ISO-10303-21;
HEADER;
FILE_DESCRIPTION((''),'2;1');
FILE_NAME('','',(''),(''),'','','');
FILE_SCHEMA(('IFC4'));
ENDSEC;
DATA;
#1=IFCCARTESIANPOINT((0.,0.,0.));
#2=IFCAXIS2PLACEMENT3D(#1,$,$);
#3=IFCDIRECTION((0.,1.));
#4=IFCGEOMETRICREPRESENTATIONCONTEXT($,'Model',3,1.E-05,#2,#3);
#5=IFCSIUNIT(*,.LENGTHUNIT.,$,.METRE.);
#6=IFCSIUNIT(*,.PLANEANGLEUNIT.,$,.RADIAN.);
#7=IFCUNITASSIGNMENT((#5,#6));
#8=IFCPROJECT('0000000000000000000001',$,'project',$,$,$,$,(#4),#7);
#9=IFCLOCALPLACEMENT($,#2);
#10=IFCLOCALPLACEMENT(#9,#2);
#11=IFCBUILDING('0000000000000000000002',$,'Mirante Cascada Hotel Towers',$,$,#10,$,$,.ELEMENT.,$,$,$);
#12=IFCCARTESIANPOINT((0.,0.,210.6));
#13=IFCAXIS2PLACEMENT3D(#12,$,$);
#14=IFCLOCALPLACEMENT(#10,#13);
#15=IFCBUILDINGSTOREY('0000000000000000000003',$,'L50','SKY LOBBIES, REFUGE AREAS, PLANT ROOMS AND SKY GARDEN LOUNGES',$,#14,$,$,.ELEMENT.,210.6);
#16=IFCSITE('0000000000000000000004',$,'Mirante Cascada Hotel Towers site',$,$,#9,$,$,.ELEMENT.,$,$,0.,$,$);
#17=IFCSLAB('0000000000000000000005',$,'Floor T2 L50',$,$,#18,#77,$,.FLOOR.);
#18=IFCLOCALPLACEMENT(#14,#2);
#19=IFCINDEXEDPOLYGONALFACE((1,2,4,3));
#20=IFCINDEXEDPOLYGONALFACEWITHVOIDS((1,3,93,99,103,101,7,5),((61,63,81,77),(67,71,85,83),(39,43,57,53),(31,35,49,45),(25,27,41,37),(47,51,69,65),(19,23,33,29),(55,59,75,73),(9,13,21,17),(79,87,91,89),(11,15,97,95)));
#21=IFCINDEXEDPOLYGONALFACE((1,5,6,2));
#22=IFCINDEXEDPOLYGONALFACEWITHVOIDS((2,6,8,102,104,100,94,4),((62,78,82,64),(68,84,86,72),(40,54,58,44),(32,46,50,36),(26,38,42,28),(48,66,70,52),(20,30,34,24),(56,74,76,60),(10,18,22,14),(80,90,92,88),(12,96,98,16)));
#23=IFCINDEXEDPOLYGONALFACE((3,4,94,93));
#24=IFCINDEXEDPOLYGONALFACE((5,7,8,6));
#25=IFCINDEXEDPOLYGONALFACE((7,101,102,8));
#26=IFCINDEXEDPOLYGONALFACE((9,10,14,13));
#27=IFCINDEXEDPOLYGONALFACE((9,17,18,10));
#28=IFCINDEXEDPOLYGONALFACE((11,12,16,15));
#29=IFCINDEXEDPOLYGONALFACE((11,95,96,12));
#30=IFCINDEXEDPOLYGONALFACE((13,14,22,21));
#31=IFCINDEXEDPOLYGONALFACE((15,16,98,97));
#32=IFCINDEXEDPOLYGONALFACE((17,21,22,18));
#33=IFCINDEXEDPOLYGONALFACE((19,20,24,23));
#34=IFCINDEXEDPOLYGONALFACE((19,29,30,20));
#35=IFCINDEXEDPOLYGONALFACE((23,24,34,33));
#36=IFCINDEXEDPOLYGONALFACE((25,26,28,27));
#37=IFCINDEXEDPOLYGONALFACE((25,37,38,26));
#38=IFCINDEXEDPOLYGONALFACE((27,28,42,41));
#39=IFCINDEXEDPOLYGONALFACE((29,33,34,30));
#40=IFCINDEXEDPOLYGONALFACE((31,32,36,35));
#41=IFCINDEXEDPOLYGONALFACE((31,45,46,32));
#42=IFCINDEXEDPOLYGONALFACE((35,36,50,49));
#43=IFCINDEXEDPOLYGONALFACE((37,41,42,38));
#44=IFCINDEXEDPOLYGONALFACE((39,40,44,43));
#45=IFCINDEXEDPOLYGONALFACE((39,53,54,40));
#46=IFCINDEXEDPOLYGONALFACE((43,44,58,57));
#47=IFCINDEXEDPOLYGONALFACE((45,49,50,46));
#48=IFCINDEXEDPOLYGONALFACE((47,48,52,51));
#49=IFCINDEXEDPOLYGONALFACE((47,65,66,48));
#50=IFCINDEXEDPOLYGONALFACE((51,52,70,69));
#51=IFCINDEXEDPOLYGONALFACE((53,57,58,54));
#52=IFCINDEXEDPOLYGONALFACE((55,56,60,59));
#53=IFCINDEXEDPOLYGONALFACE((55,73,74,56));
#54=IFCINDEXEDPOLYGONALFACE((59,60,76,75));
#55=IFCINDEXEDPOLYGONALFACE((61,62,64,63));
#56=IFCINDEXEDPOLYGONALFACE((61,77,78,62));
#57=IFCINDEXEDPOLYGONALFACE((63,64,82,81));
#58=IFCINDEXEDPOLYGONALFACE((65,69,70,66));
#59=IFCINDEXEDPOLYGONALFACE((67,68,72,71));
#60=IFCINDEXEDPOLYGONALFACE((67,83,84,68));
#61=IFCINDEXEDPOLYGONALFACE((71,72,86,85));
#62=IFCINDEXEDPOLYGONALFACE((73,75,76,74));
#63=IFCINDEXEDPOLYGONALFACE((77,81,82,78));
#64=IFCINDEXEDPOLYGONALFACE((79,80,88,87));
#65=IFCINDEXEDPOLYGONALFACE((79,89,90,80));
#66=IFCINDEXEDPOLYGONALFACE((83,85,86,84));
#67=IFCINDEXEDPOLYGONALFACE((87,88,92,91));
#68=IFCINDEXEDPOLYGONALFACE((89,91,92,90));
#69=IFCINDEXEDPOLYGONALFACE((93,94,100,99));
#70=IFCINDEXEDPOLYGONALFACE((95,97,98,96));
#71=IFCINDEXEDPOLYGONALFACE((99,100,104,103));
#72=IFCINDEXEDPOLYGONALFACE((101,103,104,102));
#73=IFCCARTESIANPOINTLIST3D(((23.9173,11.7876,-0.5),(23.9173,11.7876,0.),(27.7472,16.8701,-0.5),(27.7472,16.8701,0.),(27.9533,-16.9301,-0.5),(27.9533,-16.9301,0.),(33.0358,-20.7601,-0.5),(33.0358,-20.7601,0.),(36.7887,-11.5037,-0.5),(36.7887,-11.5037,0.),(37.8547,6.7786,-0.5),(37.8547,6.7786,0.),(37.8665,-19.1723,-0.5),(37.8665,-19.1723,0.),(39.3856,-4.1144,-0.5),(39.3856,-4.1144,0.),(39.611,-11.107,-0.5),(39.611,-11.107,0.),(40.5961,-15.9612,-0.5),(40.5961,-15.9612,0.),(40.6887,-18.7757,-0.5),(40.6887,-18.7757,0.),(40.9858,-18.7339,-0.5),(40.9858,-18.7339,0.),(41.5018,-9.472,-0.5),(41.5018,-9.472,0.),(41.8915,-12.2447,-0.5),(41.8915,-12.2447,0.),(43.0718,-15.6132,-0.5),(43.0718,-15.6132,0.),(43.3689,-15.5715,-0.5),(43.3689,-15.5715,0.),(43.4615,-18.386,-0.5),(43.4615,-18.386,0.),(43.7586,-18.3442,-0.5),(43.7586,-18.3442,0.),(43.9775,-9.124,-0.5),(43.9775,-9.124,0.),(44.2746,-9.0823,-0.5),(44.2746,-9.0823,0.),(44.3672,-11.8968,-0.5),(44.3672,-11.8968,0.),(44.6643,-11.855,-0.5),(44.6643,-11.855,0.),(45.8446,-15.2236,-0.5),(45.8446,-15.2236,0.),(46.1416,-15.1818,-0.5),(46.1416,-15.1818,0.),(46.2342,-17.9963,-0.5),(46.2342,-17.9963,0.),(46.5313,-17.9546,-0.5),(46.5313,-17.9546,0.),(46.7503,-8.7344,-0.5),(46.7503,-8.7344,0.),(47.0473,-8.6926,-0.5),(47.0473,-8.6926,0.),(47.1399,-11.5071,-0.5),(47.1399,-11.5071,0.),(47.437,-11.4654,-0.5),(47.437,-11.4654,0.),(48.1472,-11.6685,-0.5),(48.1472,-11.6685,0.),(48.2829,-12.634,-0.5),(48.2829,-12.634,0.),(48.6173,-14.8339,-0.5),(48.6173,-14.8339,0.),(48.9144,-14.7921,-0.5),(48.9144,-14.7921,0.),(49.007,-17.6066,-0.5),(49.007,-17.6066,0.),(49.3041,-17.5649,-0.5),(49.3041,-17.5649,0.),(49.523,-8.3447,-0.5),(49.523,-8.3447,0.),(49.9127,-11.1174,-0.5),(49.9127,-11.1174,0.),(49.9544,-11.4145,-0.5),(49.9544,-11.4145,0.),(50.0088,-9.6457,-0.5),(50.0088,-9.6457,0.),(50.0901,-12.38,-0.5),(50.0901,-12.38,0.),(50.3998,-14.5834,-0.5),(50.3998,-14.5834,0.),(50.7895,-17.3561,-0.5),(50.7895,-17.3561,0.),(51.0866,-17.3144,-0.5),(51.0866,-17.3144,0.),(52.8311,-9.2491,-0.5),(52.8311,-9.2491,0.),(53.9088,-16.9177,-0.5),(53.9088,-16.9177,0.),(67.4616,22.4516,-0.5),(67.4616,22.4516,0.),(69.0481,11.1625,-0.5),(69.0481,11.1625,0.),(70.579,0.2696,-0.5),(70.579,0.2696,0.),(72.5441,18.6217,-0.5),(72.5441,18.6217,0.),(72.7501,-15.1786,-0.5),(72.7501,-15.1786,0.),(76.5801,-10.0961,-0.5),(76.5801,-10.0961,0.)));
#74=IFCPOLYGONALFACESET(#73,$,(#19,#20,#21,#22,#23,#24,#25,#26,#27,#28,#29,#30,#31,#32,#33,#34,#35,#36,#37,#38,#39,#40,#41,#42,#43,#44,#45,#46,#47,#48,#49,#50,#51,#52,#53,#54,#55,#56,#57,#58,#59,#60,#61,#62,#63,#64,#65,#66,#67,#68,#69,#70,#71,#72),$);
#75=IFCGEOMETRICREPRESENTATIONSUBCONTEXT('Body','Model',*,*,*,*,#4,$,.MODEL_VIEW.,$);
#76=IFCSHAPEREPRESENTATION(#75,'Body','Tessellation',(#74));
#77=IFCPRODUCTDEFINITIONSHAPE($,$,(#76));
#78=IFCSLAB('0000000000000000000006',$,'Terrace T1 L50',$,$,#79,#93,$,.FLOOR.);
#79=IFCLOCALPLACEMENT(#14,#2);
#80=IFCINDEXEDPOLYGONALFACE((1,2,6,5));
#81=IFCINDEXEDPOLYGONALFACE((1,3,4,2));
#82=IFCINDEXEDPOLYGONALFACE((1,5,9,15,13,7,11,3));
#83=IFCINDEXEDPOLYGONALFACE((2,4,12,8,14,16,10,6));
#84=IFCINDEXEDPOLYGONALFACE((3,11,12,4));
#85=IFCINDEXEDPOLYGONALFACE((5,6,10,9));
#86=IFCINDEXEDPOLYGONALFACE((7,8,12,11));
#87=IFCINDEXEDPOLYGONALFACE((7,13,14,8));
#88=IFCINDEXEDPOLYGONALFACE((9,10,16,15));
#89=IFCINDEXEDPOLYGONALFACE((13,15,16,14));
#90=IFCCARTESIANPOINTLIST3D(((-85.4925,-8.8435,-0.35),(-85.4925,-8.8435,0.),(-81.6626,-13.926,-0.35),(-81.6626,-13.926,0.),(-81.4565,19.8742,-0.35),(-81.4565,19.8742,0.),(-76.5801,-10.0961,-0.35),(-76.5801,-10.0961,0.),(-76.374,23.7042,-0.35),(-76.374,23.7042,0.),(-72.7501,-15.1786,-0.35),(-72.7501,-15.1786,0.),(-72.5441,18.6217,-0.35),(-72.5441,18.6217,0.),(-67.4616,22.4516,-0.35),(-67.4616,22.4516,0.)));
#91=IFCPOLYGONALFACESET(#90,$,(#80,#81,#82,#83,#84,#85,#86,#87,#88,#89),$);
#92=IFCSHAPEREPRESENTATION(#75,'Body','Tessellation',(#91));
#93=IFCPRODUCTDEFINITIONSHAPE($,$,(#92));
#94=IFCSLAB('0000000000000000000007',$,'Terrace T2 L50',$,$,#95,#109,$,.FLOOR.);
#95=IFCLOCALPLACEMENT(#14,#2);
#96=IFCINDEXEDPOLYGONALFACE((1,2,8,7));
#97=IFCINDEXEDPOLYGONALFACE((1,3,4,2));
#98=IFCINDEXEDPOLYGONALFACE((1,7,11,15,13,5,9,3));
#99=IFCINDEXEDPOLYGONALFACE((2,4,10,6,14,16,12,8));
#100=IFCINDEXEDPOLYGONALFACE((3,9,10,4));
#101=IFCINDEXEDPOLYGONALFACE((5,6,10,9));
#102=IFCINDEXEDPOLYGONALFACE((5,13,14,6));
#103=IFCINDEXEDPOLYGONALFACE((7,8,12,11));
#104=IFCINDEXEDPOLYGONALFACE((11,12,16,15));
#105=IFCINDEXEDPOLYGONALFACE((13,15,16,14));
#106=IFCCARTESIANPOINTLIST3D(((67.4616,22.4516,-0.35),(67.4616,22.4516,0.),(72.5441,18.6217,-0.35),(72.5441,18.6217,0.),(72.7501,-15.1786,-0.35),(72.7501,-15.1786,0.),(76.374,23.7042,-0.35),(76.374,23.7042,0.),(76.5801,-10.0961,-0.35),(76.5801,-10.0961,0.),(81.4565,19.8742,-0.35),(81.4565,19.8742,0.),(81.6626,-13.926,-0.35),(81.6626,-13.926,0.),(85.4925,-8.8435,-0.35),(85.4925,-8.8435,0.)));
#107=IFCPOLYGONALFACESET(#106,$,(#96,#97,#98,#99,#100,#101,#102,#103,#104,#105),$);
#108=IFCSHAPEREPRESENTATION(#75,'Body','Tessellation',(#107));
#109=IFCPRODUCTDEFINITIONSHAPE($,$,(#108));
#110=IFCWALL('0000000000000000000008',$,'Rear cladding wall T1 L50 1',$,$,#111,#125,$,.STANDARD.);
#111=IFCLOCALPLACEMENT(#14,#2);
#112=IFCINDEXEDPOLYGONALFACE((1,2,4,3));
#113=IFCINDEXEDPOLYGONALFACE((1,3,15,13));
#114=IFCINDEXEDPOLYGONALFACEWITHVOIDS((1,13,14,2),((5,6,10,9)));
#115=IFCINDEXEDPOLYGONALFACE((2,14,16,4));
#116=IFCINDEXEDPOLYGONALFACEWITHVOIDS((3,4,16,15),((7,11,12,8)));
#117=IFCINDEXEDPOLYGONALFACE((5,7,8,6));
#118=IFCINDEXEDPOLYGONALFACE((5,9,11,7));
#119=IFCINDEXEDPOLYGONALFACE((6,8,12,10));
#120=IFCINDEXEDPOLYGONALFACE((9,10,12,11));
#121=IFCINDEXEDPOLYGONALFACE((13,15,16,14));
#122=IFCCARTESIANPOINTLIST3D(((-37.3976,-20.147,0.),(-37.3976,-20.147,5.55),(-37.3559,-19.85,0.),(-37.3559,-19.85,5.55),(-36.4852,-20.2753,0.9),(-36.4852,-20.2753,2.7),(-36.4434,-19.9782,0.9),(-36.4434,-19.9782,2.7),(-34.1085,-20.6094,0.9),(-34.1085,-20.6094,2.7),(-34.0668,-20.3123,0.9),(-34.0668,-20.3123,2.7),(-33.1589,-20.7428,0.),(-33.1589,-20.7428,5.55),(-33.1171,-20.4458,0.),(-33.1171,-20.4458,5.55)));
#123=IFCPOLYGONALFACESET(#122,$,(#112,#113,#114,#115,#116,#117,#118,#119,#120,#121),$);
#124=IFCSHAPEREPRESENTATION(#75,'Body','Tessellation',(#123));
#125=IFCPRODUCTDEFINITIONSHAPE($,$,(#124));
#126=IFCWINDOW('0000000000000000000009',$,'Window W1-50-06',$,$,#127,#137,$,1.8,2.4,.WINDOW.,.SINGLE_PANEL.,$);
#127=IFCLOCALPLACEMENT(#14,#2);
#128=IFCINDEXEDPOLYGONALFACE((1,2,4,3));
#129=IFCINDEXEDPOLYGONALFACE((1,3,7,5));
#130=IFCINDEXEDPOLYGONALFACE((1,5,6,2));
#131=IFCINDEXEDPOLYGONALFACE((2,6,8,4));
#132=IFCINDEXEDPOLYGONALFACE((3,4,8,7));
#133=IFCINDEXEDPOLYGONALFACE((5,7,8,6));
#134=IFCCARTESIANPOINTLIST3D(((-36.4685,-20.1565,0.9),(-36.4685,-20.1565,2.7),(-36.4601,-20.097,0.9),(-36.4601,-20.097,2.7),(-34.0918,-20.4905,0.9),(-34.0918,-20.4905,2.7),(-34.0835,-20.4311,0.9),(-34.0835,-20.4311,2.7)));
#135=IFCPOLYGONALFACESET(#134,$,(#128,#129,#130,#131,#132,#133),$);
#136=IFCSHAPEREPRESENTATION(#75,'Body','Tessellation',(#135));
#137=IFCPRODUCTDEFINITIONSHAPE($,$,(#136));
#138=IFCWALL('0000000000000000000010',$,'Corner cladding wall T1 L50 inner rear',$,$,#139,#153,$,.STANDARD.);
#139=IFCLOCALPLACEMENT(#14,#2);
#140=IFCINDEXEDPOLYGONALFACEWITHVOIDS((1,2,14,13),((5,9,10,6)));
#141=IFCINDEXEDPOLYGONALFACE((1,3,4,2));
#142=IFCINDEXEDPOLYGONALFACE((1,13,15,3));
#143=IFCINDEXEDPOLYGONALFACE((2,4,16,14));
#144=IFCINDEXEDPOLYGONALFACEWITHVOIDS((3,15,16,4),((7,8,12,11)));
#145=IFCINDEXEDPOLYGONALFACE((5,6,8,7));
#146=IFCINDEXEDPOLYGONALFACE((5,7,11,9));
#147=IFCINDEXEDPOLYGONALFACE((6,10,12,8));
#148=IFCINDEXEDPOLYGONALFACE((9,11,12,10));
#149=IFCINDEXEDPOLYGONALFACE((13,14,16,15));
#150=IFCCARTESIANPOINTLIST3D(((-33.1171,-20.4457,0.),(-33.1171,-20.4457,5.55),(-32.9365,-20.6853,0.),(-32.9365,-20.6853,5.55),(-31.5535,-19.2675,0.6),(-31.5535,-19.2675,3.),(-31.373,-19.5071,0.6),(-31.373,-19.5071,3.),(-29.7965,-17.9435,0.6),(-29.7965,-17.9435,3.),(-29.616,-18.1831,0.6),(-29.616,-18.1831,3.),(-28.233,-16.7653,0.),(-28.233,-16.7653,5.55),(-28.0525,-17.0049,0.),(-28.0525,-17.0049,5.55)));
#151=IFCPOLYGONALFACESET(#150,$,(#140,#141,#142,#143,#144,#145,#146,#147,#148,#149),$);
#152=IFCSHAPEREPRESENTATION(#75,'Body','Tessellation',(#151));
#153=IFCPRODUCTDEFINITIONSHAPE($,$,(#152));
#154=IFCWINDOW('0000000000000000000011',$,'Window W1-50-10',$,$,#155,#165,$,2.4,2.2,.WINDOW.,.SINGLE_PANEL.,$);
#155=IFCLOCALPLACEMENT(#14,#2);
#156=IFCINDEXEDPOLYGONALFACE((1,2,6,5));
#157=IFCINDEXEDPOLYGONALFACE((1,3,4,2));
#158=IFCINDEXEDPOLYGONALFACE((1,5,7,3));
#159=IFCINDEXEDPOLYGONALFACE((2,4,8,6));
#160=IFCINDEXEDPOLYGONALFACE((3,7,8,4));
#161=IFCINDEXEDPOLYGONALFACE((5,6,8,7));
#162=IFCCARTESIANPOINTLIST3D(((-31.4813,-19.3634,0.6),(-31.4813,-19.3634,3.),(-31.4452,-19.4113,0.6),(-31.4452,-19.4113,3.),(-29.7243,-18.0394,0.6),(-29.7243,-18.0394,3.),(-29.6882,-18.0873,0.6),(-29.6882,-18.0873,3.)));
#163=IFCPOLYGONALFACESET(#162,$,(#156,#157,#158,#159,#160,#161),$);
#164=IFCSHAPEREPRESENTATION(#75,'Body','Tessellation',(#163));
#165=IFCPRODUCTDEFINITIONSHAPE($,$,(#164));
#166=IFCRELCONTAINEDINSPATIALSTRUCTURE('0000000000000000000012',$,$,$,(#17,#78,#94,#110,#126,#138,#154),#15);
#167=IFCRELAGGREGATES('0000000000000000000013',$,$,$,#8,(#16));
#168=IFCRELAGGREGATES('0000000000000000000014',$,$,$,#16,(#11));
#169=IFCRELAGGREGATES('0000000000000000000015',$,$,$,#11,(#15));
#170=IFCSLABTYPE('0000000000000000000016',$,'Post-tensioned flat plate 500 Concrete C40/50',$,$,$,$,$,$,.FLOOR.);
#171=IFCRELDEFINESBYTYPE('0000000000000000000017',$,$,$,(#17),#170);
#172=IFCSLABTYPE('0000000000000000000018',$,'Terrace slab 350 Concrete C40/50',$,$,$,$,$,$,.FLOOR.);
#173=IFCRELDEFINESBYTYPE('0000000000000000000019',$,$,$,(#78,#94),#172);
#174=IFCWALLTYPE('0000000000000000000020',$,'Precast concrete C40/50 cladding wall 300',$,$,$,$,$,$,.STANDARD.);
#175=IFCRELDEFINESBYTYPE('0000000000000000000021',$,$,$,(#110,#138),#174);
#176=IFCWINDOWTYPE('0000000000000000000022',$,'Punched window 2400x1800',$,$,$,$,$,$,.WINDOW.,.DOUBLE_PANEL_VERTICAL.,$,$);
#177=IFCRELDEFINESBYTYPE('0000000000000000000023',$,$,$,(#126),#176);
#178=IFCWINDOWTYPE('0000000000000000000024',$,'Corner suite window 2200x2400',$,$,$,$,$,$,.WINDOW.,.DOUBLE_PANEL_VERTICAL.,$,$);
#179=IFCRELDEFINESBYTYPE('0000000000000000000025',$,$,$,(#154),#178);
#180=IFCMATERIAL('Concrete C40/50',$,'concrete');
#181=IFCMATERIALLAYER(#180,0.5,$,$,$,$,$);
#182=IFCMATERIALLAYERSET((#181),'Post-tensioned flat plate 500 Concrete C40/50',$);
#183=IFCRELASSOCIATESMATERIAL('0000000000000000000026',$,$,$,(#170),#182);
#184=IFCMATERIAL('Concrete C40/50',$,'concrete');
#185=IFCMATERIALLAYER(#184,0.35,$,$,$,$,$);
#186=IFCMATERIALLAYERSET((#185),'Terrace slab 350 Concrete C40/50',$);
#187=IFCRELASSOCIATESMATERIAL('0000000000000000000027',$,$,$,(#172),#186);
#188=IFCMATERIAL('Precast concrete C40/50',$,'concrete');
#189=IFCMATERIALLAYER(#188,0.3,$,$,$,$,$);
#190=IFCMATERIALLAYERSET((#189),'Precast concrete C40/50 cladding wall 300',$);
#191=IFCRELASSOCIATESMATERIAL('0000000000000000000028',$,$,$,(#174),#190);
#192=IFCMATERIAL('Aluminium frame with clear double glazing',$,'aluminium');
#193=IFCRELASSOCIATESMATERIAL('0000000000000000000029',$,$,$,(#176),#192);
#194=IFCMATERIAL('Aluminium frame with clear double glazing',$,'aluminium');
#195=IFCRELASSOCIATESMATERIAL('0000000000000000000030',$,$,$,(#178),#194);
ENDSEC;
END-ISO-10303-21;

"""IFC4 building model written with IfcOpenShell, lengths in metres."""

from ifc_helpers import new_model, si_unit, direction, frame, frame_2d, origin, place, context, subcontext, project, spatial, polyline, rectangle, outline, extrude, material, layer, layer_set, type_object, element, fill, save


model = new_model("IFC4")

# Units and contexts
model_context = context("Model", 3, precision=1e-05, world=origin(), true_north=direction((0.0, 1.0)))
body_context = subcontext(model_context, "Body", "Model", "MODEL_VIEW")
ifc_project = project(units=[si_unit("LENGTHUNIT", "METRE"), si_unit("PLANEANGLEUNIT", "RADIAN")], contexts=[model_context])

# Site, building, storey
site_placement = place(None, origin())
site = spatial("IfcSite", under=ifc_project, at=site_placement, Name="Mirante Cascada Hotel Towers site", CompositionType="ELEMENT", RefElevation=0.0)
building_placement = place(site_placement, origin())
building = spatial("IfcBuilding", under=site, at=building_placement, Name="Mirante Cascada Hotel Towers", CompositionType="ELEMENT")
storey_placement = place(building_placement, frame((0.0, 0.0, 210.6)))
storey = spatial("IfcBuildingStorey", under=building, at=storey_placement, Name="L50", Description="SKY LOBBIES, REFUGE AREAS, PLANT ROOMS AND SKY GARDEN LOUNGES", CompositionType="ELEMENT", Elevation=210.6)

# Slabs
ifc_material_1 = material(Name="Concrete C40/50", Category="concrete")
ifc_layer_1 = layer(ifc_material_1, 0.5)
ifc_layer_set_1 = layer_set([ifc_layer_1], Name="Post-tensioned flat plate 500 Concrete C40/50")
slab_type_1 = type_object("IfcSlabType", Name="Post-tensioned flat plate 500 Concrete C40/50", PredefinedType="FLOOR", material=ifc_layer_set_1)
slab_1_placement = place(storey_placement, frame((0.0, 0.0, -0.5)))
element("IfcSlab", 1, at=slab_1_placement, inside=storey, type_object=slab_type_1, Name="Floor T2 L50", PredefinedType="FLOOR", context=body_context, shape_type="SweptSolid", body=[
    extrude(outline(polyline([(27.9533, -16.9301), (23.9173, 11.7876), (27.7472, 16.8701), (67.4616, 22.4516), (67.4616, 22.4516), (67.4616, 22.4516), (67.4616, 22.4516), (67.4616, 22.4516), (67.4616, 22.4516), (67.4616, 22.4516), (67.4616, 22.4516), (67.4616, 22.4516), (72.5441, 18.6217), (76.5801, -10.0961), (72.7501, -15.1786), (72.7501, -15.1786), (72.7501, -15.1786), (72.7501, -15.1786), (72.7501, -15.1786), (72.7501, -15.1786), (72.7501, -15.1786), (72.7501, -15.1786), (72.7501, -15.1786), (33.0358, -20.7601), (27.9533, -16.9301)]), holes=[polyline([(40.5961, -15.9612), (40.9858, -18.7339), (43.4615, -18.386), (43.0718, -15.6132), (40.5961, -15.9612)]), polyline([(43.3689, -15.5715), (43.7586, -18.3442), (46.2342, -17.9963), (45.8446, -15.2236), (43.3689, -15.5715)]), polyline([(46.1416, -15.1818), (46.5313, -17.9546), (49.007, -17.6066), (48.6173, -14.8339), (46.1416, -15.1818)]), polyline([(37.8665, -19.1723), (40.6887, -18.7757), (39.611, -11.107), (36.7887, -11.5037), (37.8665, -19.1723)]), polyline([(43.9775, -9.124), (41.5018, -9.472), (41.8915, -12.2447), (44.3672, -11.8968), (43.9775, -9.124)]), polyline([(44.2746, -9.0823), (44.6643, -11.855), (47.1399, -11.5071), (46.7503, -8.7344), (44.2746, -9.0823)]), polyline([(50.3998, -14.5834), (48.9144, -14.7921), (49.3041, -17.5649), (50.7895, -17.3561), (50.3998, -14.5834)]), polyline([(51.0866, -17.3144), (53.9088, -16.9177), (52.8311, -9.2491), (50.0088, -9.6457), (51.0866, -17.3144)]), polyline([(48.1472, -11.6685), (48.2829, -12.634), (50.0901, -12.38), (49.9544, -11.4145), (48.1472, -11.6685)]), polyline([(49.523, -8.3447), (47.0473, -8.6926), (47.437, -11.4654), (49.9127, -11.1174), (49.523, -8.3447)]), polyline([(69.0481, 11.1625), (37.8547, 6.7786), (39.3856, -4.1144), (70.579, 0.2696), (69.0481, 11.1625)])]), origin(), (0.0, 0.0, 1.0), 0.5),
])
ifc_material_2 = material(Name="Concrete C40/50", Category="concrete")
ifc_layer_2 = layer(ifc_material_2, 0.35)
ifc_layer_set_2 = layer_set([ifc_layer_2], Name="Terrace slab 350 Concrete C40/50")
slab_type_2 = type_object("IfcSlabType", Name="Terrace slab 350 Concrete C40/50", PredefinedType="FLOOR", material=ifc_layer_set_2)
slab_2_placement = place(storey_placement, frame((0.0, 0.0, -0.35)))
element("IfcSlab", 2, at=slab_2_placement, inside=storey, type_object=slab_type_2, Name="Terrace T1 L50", PredefinedType="FLOOR", context=body_context, shape_type="SweptSolid", body=[
    extrude(outline(polyline([(-76.374, 23.7042), (-81.4565, 19.8742), (-85.4925, -8.8435), (-81.6626, -13.926), (-72.7501, -15.1786), (-76.5801, -10.0961), (-72.5441, 18.6217), (-67.4616, 22.4516), (-76.374, 23.7042)])), origin(), (0.0, 0.0, 1.0), 0.35),
])
slab_3_placement = place(storey_placement, frame((0.0, 0.0, -0.35)))
element("IfcSlab", 3, at=slab_3_placement, inside=storey, type_object=slab_type_2, Name="Terrace T2 L50", PredefinedType="FLOOR", context=body_context, shape_type="SweptSolid", body=[
    extrude(outline(polyline([(76.374, 23.7042), (81.4565, 19.8742), (85.4925, -8.8435), (81.6626, -13.926), (72.7501, -15.1786), (76.5801, -10.0961), (72.5441, 18.6217), (67.4616, 22.4516), (76.374, 23.7042)])), origin(), (0.0, 0.0, 1.0), 0.35),
])

# Walls, openings, windows
ifc_material_3 = material(Name="Precast concrete C40/50", Category="concrete")
ifc_layer_3 = layer(ifc_material_3, 0.3)
ifc_layer_set_3 = layer_set([ifc_layer_3], Name="Precast concrete C40/50 cladding wall 300")
wall_type_1 = type_object("IfcWallType", Name="Precast concrete C40/50 cladding wall 300", PredefinedType="STANDARD", material=ifc_layer_set_3)
wall_1_placement = place(storey_placement, frame((-33.138, -20.5943, 0.0), z_axis=(0.0, 0.0, 1.0), x_axis=(-0.990265, 0.139194, 0.0)))
wall_1 = element("IfcWall", 4, at=wall_1_placement, inside=storey, type_object=wall_type_1, Name="Rear cladding wall T1 L50 1", PredefinedType="STANDARD", context=body_context, shape_type="SweptSolid", body=[
    extrude(rectangle(XDim=4.2804, YDim=0.3, at=frame_2d((2.1402, 0.0))), origin(), (0.0, 0.0, 1.0), 5.55),
])
opening_1_placement = place(wall_1_placement, frame((0.959, 0.0, 0.9)))
opening_1 = element("IfcOpeningElement", 5, at=opening_1_placement, cuts=wall_1, PredefinedType="OPENING", context=body_context, shape_type="SweptSolid", body=[
    extrude(rectangle(XDim=2.4, YDim=1.8, at=frame_2d((1.2, 0.9))), frame((0.0, 0.15, 0.0), z_axis=(0.0, -1.0, 0.0), x_axis=(1.0, 0.0, 0.0)), (0.0, 0.0, 1.0), 0.3),
])
ifc_material_4 = material(Name="Aluminium frame with clear double glazing", Category="aluminium")
window_type_1 = type_object("IfcWindowType", Name="Punched window 2400x1800", PartitioningType="DOUBLE_PANEL_VERTICAL", PredefinedType="WINDOW", material=ifc_material_4)
window_1_placement = place(opening_1_placement, origin())
window_1 = element("IfcWindow", 6, at=window_1_placement, inside=storey, type_object=window_type_1, Name="Window W1-50-06", OverallHeight=1.8, OverallWidth=2.4, PartitioningType="SINGLE_PANEL", PredefinedType="WINDOW", context=body_context, shape_type="SweptSolid", body=[
    extrude(rectangle(XDim=2.4, YDim=1.8, at=frame_2d((1.2, 0.9))), frame((0.0, 0.03, 0.0), z_axis=(0.0, -1.0, 0.0), x_axis=(1.0, 0.0, 0.0)), (0.0, 0.0, 1.0), 0.06),
])
fill(opening_1, window_1)
wall_2_placement = place(storey_placement, frame((-28.1427, -16.8851, 0.0), z_axis=(0.0, 0.0, 1.0), x_axis=(-0.798638, -0.601812, 0.0)))
wall_2 = element("IfcWall", 7, at=wall_2_placement, inside=storey, type_object=wall_type_1, Name="Corner cladding wall T1 L50 inner rear", PredefinedType="STANDARD", context=body_context, shape_type="SweptSolid", body=[
    extrude(rectangle(XDim=6.1155, YDim=0.3, at=frame_2d((3.0578, 0.0))), origin(), (0.0, 0.0, 1.0), 5.55),
])
opening_2_placement = place(wall_2_placement, frame((1.9578, 0.0, 0.6)))
opening_2 = element("IfcOpeningElement", 8, at=opening_2_placement, cuts=wall_2, PredefinedType="OPENING", context=body_context, shape_type="SweptSolid", body=[
    extrude(rectangle(XDim=2.2, YDim=2.4, at=frame_2d((1.1, 1.2))), frame((0.0, 0.15, 0.0), z_axis=(0.0, -1.0, 0.0), x_axis=(1.0, 0.0, 0.0)), (0.0, 0.0, 1.0), 0.3),
])
ifc_material_5 = material(Name="Aluminium frame with clear double glazing", Category="aluminium")
window_type_2 = type_object("IfcWindowType", Name="Corner suite window 2200x2400", PartitioningType="DOUBLE_PANEL_VERTICAL", PredefinedType="WINDOW", material=ifc_material_5)
window_2_placement = place(opening_2_placement, origin())
window_2 = element("IfcWindow", 9, at=window_2_placement, inside=storey, type_object=window_type_2, Name="Window W1-50-10", OverallHeight=2.4, OverallWidth=2.2, PartitioningType="SINGLE_PANEL", PredefinedType="WINDOW", context=body_context, shape_type="SweptSolid", body=[
    extrude(rectangle(XDim=2.2, YDim=2.4, at=frame_2d((1.1, 1.2))), frame((0.0, 0.03, 0.0), z_axis=(0.0, -1.0, 0.0), x_axis=(1.0, 0.0, 0.0)), (0.0, 0.0, 1.0), 0.06),
])
fill(opening_2, window_2)

save(model, "model.ifc")
